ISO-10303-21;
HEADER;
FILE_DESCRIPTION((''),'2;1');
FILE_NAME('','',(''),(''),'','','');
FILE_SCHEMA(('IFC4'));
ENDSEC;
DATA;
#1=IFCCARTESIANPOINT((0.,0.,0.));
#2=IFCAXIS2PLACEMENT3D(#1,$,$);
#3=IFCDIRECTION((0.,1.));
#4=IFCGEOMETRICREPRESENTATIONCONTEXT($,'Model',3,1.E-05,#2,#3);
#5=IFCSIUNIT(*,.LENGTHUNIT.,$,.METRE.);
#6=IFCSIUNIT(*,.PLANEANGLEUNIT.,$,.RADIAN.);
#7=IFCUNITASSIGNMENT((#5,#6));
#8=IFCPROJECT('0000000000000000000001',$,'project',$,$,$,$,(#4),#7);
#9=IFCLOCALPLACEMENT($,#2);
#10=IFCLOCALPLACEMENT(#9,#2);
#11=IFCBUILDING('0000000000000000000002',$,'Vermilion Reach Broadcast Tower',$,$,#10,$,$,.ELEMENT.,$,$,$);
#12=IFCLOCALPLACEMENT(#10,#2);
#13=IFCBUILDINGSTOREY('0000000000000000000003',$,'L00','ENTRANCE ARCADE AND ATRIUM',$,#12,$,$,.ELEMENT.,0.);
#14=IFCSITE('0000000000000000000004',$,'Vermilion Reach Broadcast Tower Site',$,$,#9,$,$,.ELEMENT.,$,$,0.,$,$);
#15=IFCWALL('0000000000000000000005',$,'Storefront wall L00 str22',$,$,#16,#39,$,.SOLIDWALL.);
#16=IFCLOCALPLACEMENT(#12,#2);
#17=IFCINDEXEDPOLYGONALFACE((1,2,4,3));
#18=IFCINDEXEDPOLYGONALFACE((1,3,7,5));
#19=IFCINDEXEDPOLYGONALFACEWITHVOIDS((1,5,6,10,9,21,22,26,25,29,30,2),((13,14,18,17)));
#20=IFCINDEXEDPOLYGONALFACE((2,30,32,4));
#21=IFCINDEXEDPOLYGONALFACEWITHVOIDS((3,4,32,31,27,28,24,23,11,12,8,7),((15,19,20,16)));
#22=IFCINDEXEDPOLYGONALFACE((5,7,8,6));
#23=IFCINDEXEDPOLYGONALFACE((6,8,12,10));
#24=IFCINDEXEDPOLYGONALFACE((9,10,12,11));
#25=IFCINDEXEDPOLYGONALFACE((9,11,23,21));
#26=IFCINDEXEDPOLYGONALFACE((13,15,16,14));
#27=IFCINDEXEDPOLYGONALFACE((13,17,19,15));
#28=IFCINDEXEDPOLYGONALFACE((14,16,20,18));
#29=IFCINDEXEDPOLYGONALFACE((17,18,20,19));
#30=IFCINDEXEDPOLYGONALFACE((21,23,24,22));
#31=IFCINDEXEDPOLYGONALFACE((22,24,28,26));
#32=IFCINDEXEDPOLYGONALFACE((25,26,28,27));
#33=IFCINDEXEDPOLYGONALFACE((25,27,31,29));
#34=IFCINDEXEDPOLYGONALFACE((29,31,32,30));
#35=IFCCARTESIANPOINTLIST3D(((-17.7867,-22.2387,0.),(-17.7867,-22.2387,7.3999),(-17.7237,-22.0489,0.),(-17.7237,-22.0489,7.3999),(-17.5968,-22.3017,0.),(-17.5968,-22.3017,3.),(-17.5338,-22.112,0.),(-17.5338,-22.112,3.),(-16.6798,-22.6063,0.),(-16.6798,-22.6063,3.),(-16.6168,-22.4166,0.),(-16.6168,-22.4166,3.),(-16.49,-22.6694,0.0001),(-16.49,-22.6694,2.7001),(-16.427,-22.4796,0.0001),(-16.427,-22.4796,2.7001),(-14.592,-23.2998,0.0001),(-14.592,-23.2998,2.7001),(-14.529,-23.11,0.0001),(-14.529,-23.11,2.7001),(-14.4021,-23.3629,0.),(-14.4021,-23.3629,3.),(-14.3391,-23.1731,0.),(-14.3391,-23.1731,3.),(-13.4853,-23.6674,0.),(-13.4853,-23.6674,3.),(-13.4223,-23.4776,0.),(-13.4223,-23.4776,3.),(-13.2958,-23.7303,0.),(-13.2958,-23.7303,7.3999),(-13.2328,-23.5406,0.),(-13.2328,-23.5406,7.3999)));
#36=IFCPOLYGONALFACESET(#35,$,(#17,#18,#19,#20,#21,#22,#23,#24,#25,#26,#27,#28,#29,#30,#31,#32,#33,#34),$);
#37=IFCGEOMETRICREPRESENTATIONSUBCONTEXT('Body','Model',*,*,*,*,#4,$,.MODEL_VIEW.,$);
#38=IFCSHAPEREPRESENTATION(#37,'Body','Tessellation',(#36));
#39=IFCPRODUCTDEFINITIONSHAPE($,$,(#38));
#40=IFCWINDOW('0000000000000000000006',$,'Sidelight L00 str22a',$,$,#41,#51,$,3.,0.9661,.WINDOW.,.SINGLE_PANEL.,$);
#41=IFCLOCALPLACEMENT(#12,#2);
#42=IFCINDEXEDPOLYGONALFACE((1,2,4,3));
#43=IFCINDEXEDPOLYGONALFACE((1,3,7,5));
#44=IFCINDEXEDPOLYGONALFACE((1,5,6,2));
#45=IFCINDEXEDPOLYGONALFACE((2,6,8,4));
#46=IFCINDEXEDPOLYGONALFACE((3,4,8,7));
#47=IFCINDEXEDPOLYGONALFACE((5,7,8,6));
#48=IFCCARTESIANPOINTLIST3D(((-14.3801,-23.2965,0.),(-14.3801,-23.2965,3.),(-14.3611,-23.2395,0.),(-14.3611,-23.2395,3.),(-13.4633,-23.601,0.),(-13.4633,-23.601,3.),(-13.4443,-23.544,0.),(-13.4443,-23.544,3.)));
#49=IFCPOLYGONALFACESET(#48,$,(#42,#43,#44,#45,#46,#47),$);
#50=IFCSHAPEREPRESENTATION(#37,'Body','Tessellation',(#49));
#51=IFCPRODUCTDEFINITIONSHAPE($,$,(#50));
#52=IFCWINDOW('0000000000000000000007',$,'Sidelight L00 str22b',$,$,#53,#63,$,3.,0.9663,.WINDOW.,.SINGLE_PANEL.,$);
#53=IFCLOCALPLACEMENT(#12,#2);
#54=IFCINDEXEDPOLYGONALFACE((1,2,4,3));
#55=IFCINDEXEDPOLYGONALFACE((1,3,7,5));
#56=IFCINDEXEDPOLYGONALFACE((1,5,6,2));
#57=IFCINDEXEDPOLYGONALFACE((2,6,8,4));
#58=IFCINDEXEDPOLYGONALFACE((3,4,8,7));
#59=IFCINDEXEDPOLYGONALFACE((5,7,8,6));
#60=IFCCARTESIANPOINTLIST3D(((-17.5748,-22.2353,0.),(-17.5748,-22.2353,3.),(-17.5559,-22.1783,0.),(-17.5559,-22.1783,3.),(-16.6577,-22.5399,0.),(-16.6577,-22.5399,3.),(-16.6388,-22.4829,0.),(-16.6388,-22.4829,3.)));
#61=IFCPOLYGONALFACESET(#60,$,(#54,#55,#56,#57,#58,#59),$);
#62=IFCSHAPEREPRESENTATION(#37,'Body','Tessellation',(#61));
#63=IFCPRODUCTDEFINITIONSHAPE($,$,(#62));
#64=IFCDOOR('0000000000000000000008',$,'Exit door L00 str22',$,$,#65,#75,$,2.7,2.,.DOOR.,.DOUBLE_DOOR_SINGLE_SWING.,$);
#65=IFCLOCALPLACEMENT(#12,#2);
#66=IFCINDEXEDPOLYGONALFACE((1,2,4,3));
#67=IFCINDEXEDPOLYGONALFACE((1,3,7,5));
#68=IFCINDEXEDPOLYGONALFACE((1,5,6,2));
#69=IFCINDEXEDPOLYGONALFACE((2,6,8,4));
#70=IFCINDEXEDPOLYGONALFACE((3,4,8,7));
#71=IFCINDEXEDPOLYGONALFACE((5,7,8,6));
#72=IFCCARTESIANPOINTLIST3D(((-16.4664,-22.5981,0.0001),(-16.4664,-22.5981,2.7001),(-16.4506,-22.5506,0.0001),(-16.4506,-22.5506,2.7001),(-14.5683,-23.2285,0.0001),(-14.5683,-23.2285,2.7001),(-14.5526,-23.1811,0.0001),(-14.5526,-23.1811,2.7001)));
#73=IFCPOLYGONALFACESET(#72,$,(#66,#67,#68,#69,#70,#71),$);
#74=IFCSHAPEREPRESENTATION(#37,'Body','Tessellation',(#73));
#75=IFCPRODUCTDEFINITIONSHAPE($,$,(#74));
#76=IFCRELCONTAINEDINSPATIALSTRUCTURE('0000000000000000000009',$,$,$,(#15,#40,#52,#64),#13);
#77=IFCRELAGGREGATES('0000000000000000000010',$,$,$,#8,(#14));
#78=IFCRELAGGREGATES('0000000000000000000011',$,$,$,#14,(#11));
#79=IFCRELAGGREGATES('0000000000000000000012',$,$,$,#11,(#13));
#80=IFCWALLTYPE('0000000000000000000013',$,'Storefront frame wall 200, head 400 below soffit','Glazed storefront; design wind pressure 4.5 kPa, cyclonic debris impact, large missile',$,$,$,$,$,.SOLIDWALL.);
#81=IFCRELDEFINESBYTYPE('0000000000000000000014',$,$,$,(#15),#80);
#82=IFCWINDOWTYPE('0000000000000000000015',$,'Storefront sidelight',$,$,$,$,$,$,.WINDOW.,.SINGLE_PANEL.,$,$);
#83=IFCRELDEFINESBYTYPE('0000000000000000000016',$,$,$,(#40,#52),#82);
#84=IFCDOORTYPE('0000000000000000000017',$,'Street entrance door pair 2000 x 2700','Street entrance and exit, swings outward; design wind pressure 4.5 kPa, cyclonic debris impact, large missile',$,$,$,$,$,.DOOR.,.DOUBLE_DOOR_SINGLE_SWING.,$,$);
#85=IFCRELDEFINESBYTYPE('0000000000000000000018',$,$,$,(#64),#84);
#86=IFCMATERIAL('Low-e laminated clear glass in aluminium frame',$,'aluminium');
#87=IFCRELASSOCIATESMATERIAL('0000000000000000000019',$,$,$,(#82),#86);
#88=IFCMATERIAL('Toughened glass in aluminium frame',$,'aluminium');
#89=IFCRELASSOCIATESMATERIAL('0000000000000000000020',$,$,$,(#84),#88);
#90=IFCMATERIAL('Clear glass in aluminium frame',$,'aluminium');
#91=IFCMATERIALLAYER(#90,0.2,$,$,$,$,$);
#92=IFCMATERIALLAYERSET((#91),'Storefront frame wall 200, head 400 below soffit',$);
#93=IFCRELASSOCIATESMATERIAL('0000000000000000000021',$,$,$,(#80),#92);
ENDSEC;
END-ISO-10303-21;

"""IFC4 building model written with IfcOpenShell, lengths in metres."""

from ifc_helpers import new_model, si_unit, direction, frame, frame_2d, origin, place, context, subcontext, project, spatial, rectangle, extrude, material, layer, layer_set, type_object, element, fill, save


model = new_model("IFC4")

# Units and contexts
model_context = context("Model", 3, precision=1e-05, world=origin(), true_north=direction((0.0, 1.0)))
body_context = subcontext(model_context, "Body", "Model", "MODEL_VIEW")
ifc_project = project(units=[si_unit("LENGTHUNIT", "METRE"), si_unit("PLANEANGLEUNIT", "RADIAN")], contexts=[model_context])

# Site, building, storey
site_placement = place(None, origin())
site = spatial("IfcSite", under=ifc_project, at=site_placement, Name="Vermilion Reach Broadcast Tower Site", CompositionType="ELEMENT", RefElevation=0.0)
building_placement = place(site_placement, origin())
building = spatial("IfcBuilding", under=site, at=building_placement, Name="Vermilion Reach Broadcast Tower", CompositionType="ELEMENT")
storey_placement = place(building_placement, origin())
storey = spatial("IfcBuildingStorey", under=building, at=storey_placement, Name="L00", Description="ENTRANCE ARCADE AND ATRIUM", CompositionType="ELEMENT", Elevation=0.0)

# Shared definitions
ifc_material_1 = material(Name="Low-e laminated clear glass in aluminium frame", Category="aluminium")
window_type = type_object("IfcWindowType", Name="Storefront sidelight", PartitioningType="SINGLE_PANEL", PredefinedType="WINDOW", material=ifc_material_1)
ifc_material_2 = material(Name="Toughened glass in aluminium frame", Category="aluminium")
door_type = type_object("IfcDoorType", Name="Street entrance door pair 2000 x 2700", Description="Street entrance and exit, swings outward; design wind pressure 4.5 kPa, cyclonic debris impact, large missile", OperationType="DOUBLE_DOOR_SINGLE_SWING", PredefinedType="DOOR", material=ifc_material_2)

# Wall, openings, windows, door
ifc_material_3 = material(Name="Clear glass in aluminium frame", Category="aluminium")
ifc_layer_1 = layer(ifc_material_3, 0.2)
ifc_layer_set_1 = layer_set([ifc_layer_1], Name="Storefront frame wall 200, head 400 below soffit")
wall_type_1 = type_object("IfcWallType", Name="Storefront frame wall 200, head 400 below soffit", Description="Glazed storefront; design wind pressure 4.5 kPa, cyclonic debris impact, large missile", PredefinedType="SOLIDWALL", material=ifc_layer_set_1)
wall_1_placement = place(storey_placement, frame((-13.2642, -23.6355, 0.0), z_axis=(0.0, 0.0, 1.0), x_axis=(-0.949018, 0.315222, 0.0)))
wall_1 = element("IfcWall", 1, at=wall_1_placement, inside=storey, type_object=wall_type_1, Name="Storefront wall L00 str22", PredefinedType="SOLIDWALL", context=body_context, shape_type="SweptSolid", body=[
    extrude(rectangle(XDim=4.7322, YDim=0.2, at=frame_2d((2.3662, 0.0))), origin(), (0.0, 0.0, 1.0), 7.3999),
])
opening_1_placement = place(wall_1_placement, frame((1.366, 0.0, 0.0)))
opening_1 = element("IfcOpeningElement", 2, at=opening_1_placement, cuts=wall_1, PredefinedType="OPENING", context=body_context, shape_type="SweptSolid", body=[
    extrude(rectangle(XDim=2.0, YDim=2.7, at=frame_2d((1.0, 1.3501))), frame((0.0, 0.1099, 0.0), z_axis=(0.0, -1.0, 0.0), x_axis=(1.0, 0.0, 0.0)), (0.0, 0.0, 1.0), 0.22),
])
opening_2_placement = place(wall_1_placement, frame((0.2, 0.0, 0.0)))
opening_2 = element("IfcOpeningElement", 3, at=opening_2_placement, cuts=wall_1, PredefinedType="OPENING", context=body_context, shape_type="SweptSolid", body=[
    extrude(rectangle(XDim=0.9661, YDim=3.0, at=frame_2d((0.4829, 1.5))), frame((0.0, 0.1099, 0.0), z_axis=(0.0, -1.0, 0.0), x_axis=(1.0, 0.0, 0.0)), (0.0, 0.0, 1.0), 0.22),
])
opening_3_placement = place(wall_1_placement, frame((3.5659, 0.0, 0.0)))
opening_3 = element("IfcOpeningElement", 4, at=opening_3_placement, cuts=wall_1, PredefinedType="OPENING", context=body_context, shape_type="SweptSolid", body=[
    extrude(rectangle(XDim=0.9663, YDim=3.0, at=frame_2d((0.4832, 1.5))), frame((0.0, 0.1099, 0.0), z_axis=(0.0, -1.0, 0.0), x_axis=(1.0, 0.0, 0.0)), (0.0, 0.0, 1.0), 0.22),
])
window_1_placement = place(opening_2_placement, origin())
window_1 = element("IfcWindow", 5, at=window_1_placement, inside=storey, type_object=window_type, Name="Sidelight L00 str22a", OverallHeight=3.0, OverallWidth=0.9661, PartitioningType="SINGLE_PANEL", PredefinedType="WINDOW", context=body_context, shape_type="SweptSolid", body=[
    extrude(rectangle(XDim=0.9661, YDim=3.0, at=frame_2d((0.4829, 1.5))), frame((0.0, 0.03, 0.0), z_axis=(0.0, -1.0, 0.0), x_axis=(1.0, 0.0, 0.0)), (0.0, 0.0, 1.0), 0.0601),
])
fill(opening_2, window_1)
window_2_placement = place(opening_3_placement, origin())
window_2 = element("IfcWindow", 6, at=window_2_placement, inside=storey, type_object=window_type, Name="Sidelight L00 str22b", OverallHeight=3.0, OverallWidth=0.9663, PartitioningType="SINGLE_PANEL", PredefinedType="WINDOW", context=body_context, shape_type="SweptSolid", body=[
    extrude(rectangle(XDim=0.9663, YDim=3.0, at=frame_2d((0.4832, 1.5))), frame((0.0, 0.03, 0.0), z_axis=(0.0, -1.0, 0.0), x_axis=(1.0, 0.0, 0.0)), (0.0, 0.0, 1.0), 0.0601),
])
fill(opening_3, window_2)
door_1_placement = place(opening_1_placement, origin())
door_1 = element("IfcDoor", 7, at=door_1_placement, inside=storey, type_object=door_type, Name="Exit door L00 str22", OperationType="DOUBLE_DOOR_SINGLE_SWING", OverallHeight=2.7, OverallWidth=2.0, PredefinedType="DOOR", context=body_context, shape_type="SweptSolid", body=[
    extrude(rectangle(XDim=2.0, YDim=2.7, at=frame_2d((1.0, 1.3501))), frame((0.0, 0.0249, 0.0), z_axis=(0.0, -1.0, 0.0), x_axis=(1.0, 0.0, 0.0)), (0.0, 0.0, 1.0), 0.05),
])
fill(opening_1, door_1)

save(model, "model.ifc")
